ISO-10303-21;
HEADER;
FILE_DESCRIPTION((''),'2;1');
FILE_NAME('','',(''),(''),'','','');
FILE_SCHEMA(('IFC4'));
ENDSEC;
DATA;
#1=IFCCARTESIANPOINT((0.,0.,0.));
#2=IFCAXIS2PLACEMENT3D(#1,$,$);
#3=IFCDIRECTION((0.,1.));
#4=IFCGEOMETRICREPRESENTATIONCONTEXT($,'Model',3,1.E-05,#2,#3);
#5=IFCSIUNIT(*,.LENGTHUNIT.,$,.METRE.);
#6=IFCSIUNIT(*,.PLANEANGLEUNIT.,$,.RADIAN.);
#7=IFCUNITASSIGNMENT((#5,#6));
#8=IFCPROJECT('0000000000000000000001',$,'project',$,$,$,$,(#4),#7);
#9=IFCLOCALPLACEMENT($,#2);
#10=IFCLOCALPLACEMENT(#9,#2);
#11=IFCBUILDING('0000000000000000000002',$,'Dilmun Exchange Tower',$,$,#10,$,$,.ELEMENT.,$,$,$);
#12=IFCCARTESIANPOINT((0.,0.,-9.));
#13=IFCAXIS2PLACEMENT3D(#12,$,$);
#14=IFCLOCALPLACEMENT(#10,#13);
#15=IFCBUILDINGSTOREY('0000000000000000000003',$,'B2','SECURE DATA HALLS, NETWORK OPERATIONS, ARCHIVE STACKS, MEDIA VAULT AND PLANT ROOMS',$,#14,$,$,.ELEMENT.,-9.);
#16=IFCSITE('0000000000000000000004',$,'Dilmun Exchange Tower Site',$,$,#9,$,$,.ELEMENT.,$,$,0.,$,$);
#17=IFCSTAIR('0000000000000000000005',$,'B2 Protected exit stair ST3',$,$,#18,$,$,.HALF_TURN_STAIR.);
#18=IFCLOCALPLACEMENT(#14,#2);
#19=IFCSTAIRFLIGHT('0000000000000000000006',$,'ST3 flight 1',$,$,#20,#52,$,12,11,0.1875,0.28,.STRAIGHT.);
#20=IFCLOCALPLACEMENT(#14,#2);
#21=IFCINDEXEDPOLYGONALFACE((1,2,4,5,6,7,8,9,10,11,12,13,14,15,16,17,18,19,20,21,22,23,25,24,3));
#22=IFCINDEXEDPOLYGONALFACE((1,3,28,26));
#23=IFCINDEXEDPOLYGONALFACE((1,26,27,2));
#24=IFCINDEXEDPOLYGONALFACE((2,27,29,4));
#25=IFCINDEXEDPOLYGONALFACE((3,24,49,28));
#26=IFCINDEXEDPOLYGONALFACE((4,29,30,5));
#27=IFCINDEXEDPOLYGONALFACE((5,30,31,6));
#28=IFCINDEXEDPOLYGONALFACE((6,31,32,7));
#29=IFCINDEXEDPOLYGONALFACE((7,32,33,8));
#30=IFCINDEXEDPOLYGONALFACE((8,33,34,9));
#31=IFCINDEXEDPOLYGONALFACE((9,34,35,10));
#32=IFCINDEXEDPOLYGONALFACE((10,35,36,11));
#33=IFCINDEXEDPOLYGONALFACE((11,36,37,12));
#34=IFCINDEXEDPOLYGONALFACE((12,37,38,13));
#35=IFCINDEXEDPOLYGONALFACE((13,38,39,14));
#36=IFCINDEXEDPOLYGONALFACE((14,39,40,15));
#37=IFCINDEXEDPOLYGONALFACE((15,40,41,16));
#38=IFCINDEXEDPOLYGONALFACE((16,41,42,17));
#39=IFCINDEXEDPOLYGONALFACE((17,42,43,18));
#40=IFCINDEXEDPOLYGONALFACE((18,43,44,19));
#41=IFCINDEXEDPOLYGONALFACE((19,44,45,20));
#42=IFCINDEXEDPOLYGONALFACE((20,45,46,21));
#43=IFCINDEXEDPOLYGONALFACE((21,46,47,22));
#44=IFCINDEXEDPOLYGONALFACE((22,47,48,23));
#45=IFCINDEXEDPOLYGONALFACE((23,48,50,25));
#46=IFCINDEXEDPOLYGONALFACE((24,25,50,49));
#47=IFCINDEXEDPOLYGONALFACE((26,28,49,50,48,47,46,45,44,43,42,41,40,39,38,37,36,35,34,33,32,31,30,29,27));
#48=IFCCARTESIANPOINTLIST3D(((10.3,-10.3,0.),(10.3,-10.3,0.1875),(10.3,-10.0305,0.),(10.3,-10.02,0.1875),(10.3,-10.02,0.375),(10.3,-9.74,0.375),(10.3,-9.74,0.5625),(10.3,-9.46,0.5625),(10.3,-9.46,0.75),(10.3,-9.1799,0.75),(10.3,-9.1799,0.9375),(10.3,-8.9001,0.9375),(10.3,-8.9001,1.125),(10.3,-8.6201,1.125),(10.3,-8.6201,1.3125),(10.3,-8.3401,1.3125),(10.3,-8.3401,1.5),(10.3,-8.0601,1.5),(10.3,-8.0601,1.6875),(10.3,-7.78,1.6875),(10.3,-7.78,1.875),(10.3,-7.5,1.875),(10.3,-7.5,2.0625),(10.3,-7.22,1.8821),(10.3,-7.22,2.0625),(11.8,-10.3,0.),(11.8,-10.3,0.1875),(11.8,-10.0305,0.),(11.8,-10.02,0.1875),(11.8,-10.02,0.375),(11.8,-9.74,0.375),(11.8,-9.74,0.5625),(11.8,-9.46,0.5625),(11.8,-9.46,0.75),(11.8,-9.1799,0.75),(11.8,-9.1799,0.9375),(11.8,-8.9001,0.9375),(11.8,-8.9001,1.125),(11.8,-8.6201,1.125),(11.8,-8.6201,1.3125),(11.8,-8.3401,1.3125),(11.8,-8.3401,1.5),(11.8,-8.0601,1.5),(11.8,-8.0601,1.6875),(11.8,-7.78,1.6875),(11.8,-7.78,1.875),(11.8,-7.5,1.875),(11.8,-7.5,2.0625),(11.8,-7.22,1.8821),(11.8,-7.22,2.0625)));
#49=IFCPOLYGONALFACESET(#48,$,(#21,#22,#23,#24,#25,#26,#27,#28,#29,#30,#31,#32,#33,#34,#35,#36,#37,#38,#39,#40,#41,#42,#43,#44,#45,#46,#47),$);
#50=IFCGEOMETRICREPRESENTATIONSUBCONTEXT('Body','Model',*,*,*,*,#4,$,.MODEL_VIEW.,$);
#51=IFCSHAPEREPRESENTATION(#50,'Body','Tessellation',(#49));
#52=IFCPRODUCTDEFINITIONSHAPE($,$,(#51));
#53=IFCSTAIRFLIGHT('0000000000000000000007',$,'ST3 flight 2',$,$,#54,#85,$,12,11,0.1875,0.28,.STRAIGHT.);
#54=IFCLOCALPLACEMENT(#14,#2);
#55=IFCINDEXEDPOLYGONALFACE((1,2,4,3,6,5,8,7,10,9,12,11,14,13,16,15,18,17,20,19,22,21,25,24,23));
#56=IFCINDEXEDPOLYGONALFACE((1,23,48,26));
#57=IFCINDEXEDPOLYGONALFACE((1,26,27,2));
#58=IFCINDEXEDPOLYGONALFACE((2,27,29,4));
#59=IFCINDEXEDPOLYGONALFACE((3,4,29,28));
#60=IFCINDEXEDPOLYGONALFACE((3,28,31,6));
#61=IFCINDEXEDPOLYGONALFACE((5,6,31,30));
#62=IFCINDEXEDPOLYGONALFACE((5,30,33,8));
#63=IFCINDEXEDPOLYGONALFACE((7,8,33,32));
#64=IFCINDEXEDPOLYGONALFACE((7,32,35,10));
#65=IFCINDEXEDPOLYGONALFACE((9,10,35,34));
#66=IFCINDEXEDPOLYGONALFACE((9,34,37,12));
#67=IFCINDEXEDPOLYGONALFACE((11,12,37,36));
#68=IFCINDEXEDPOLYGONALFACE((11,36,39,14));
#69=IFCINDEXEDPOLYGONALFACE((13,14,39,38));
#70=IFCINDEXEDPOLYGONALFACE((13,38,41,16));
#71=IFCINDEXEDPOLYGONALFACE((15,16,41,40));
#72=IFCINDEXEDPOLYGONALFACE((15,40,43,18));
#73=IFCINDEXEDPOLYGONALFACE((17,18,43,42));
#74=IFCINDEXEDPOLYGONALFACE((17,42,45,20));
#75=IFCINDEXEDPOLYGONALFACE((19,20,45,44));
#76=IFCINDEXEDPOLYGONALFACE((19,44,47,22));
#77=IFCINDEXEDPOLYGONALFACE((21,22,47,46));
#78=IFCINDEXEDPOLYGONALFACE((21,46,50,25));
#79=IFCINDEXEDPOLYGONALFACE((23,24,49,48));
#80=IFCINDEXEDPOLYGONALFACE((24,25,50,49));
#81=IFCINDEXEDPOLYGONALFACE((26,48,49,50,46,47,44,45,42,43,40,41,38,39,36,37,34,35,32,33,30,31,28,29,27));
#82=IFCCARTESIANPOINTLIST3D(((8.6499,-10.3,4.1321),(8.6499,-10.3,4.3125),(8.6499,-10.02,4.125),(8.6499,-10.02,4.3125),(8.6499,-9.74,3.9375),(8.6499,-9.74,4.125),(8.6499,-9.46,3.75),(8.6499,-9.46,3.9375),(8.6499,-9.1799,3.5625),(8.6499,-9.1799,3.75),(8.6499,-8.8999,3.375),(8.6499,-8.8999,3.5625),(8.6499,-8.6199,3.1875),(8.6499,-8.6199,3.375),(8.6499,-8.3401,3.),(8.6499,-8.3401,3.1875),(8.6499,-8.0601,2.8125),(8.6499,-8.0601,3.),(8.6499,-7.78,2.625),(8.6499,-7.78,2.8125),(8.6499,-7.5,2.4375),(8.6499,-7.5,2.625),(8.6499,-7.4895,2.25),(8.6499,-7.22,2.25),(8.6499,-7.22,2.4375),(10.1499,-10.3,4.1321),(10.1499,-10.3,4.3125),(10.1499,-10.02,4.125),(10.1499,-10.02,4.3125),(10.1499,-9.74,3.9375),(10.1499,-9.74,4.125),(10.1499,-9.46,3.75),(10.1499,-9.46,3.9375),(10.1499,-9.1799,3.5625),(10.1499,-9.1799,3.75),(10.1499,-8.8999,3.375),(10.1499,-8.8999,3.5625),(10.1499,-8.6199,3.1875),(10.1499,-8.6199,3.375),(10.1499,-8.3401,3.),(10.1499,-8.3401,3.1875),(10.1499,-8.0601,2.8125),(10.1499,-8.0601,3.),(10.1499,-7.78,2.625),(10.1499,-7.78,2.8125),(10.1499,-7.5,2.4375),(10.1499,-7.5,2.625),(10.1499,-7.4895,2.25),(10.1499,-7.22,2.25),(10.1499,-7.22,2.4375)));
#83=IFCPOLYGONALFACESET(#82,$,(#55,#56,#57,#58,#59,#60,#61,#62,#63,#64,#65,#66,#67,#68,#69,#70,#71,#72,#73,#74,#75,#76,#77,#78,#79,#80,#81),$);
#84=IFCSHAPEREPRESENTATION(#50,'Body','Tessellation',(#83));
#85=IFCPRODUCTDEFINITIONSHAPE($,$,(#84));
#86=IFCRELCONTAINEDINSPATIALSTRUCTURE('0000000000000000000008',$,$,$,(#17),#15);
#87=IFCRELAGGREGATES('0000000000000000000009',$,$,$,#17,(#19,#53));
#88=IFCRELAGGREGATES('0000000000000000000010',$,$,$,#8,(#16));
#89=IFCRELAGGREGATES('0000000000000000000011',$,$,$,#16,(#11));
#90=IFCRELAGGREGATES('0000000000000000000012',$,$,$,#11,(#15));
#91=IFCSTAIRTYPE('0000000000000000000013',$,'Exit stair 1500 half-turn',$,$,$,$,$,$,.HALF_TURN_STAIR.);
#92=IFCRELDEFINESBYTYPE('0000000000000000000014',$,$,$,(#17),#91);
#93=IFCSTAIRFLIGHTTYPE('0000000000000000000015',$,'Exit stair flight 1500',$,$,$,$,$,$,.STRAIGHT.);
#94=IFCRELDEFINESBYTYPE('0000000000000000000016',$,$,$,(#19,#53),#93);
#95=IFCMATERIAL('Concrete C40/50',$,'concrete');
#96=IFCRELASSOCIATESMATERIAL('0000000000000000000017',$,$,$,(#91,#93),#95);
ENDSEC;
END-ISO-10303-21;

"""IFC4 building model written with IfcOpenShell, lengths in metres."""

from ifc_helpers import new_model, si_unit, direction, frame, origin, place, context, subcontext, project, spatial, polyline, outline, extrude, material, type_object, element, aggregate, save


model = new_model("IFC4")

# Units and contexts
model_context = context("Model", 3, precision=1e-05, world=origin(), true_north=direction((0.0, 1.0)))
body_context = subcontext(model_context, "Body", "Model", "MODEL_VIEW")
ifc_project = project(units=[si_unit("LENGTHUNIT", "METRE"), si_unit("PLANEANGLEUNIT", "RADIAN")], contexts=[model_context])

# Site, building, storey
site_placement = place(None, origin())
site = spatial("IfcSite", under=ifc_project, at=site_placement, Name="Dilmun Exchange Tower Site", CompositionType="ELEMENT", RefElevation=0.0)
building_placement = place(site_placement, origin())
building = spatial("IfcBuilding", under=site, at=building_placement, Name="Dilmun Exchange Tower", CompositionType="ELEMENT")
storey_placement = place(building_placement, frame((0.0, 0.0, -9.0)))
storey = spatial("IfcBuildingStorey", under=building, at=storey_placement, Name="B2", Description="SECURE DATA HALLS, NETWORK OPERATIONS, ARCHIVE STACKS, MEDIA VAULT AND PLANT ROOMS", CompositionType="ELEMENT", Elevation=-9.0)

# Shared definitions
ifc_material_1 = material(Name="Concrete C40/50", Category="concrete")

# Stair, stair flights
stair_type_1 = type_object("IfcStairType", Name="Exit stair 1500 half-turn", PredefinedType="HALF_TURN_STAIR", material=ifc_material_1)
stair_1_placement = place(storey_placement, origin())
stair_1 = element("IfcStair", 1, at=stair_1_placement, inside=storey, type_object=stair_type_1, Name="B2 Protected exit stair ST3", PredefinedType="HALF_TURN_STAIR")
stair_flight_type = type_object("IfcStairFlightType", Name="Exit stair flight 1500", PredefinedType="STRAIGHT", material=ifc_material_1)
stair_flight_1_placement = place(storey_placement, frame((11.05, -10.3, 0.0), z_axis=(0.0, 0.0, 1.0), x_axis=(0.0, 1.0, 0.0)))
stair_flight_1 = element("IfcStairFlight", 2, at=stair_flight_1_placement, type_object=stair_flight_type, Name="ST3 flight 1", NumberOfRisers=12, NumberOfTreads=11, PredefinedType="STRAIGHT", RiserHeight=0.1875, TreadLength=0.28, context=body_context, shape_type="SweptSolid", body=[
    extrude(outline(polyline([(0.0, 0.0), (0.0, 0.1875), (0.28, 0.1875), (0.28, 0.375), (0.5601, 0.375), (0.5601, 0.5625), (0.8401, 0.5625), (0.8401, 0.75), (1.1201, 0.75), (1.1201, 0.9375), (1.3999, 0.9375), (1.3999, 1.125), (1.6799, 1.125), (1.6799, 1.3125), (1.96, 1.3125), (1.96, 1.5), (2.24, 1.5), (2.24, 1.6875), (2.52, 1.6875), (2.52, 1.875), (2.8, 1.875), (2.8, 2.0625), (3.0801, 2.0625), (3.0801, 2.25), (3.0801, 1.8821), (0.2695, 0.0), (0.0, 0.0)])), frame((0.0, 0.75, 0.0), z_axis=(0.0, -1.0, 0.0), x_axis=(1.0, 0.0, 0.0)), (0.0, 0.0, 1.0), 1.5),
])
stair_flight_2_placement = place(storey_placement, frame((9.3999, -7.22, 2.25), z_axis=(0.0, 0.0, 1.0), x_axis=(0.0, -1.0, 0.0)))
stair_flight_2 = element("IfcStairFlight", 3, at=stair_flight_2_placement, type_object=stair_flight_type, Name="ST3 flight 2", NumberOfRisers=12, NumberOfTreads=11, PredefinedType="STRAIGHT", RiserHeight=0.1875, TreadLength=0.28, context=body_context, shape_type="SweptSolid", body=[
    extrude(outline(polyline([(0.0, 0.0), (0.0, 0.1875), (0.28, 0.1875), (0.28, 0.375), (0.5601, 0.375), (0.5601, 0.5625), (0.8401, 0.5625), (0.8401, 0.75), (1.1201, 0.75), (1.1201, 0.9375), (1.3999, 0.9375), (1.3999, 1.125), (1.6799, 1.125), (1.6799, 1.3125), (1.96, 1.3125), (1.96, 1.5), (2.24, 1.5), (2.24, 1.6875), (2.52, 1.6875), (2.52, 1.875), (2.8, 1.875), (2.8, 2.0625), (3.0801, 2.0625), (3.0801, 2.25), (3.0801, 1.8821), (0.2695, 0.0), (0.0, 0.0)])), frame((0.0, 0.75, 0.0), z_axis=(0.0, -1.0, 0.0), x_axis=(1.0, 0.0, 0.0)), (0.0, 0.0, 1.0), 1.5),
])
aggregate(stair_1, [stair_flight_1, stair_flight_2])

save(model, "model.ifc")
